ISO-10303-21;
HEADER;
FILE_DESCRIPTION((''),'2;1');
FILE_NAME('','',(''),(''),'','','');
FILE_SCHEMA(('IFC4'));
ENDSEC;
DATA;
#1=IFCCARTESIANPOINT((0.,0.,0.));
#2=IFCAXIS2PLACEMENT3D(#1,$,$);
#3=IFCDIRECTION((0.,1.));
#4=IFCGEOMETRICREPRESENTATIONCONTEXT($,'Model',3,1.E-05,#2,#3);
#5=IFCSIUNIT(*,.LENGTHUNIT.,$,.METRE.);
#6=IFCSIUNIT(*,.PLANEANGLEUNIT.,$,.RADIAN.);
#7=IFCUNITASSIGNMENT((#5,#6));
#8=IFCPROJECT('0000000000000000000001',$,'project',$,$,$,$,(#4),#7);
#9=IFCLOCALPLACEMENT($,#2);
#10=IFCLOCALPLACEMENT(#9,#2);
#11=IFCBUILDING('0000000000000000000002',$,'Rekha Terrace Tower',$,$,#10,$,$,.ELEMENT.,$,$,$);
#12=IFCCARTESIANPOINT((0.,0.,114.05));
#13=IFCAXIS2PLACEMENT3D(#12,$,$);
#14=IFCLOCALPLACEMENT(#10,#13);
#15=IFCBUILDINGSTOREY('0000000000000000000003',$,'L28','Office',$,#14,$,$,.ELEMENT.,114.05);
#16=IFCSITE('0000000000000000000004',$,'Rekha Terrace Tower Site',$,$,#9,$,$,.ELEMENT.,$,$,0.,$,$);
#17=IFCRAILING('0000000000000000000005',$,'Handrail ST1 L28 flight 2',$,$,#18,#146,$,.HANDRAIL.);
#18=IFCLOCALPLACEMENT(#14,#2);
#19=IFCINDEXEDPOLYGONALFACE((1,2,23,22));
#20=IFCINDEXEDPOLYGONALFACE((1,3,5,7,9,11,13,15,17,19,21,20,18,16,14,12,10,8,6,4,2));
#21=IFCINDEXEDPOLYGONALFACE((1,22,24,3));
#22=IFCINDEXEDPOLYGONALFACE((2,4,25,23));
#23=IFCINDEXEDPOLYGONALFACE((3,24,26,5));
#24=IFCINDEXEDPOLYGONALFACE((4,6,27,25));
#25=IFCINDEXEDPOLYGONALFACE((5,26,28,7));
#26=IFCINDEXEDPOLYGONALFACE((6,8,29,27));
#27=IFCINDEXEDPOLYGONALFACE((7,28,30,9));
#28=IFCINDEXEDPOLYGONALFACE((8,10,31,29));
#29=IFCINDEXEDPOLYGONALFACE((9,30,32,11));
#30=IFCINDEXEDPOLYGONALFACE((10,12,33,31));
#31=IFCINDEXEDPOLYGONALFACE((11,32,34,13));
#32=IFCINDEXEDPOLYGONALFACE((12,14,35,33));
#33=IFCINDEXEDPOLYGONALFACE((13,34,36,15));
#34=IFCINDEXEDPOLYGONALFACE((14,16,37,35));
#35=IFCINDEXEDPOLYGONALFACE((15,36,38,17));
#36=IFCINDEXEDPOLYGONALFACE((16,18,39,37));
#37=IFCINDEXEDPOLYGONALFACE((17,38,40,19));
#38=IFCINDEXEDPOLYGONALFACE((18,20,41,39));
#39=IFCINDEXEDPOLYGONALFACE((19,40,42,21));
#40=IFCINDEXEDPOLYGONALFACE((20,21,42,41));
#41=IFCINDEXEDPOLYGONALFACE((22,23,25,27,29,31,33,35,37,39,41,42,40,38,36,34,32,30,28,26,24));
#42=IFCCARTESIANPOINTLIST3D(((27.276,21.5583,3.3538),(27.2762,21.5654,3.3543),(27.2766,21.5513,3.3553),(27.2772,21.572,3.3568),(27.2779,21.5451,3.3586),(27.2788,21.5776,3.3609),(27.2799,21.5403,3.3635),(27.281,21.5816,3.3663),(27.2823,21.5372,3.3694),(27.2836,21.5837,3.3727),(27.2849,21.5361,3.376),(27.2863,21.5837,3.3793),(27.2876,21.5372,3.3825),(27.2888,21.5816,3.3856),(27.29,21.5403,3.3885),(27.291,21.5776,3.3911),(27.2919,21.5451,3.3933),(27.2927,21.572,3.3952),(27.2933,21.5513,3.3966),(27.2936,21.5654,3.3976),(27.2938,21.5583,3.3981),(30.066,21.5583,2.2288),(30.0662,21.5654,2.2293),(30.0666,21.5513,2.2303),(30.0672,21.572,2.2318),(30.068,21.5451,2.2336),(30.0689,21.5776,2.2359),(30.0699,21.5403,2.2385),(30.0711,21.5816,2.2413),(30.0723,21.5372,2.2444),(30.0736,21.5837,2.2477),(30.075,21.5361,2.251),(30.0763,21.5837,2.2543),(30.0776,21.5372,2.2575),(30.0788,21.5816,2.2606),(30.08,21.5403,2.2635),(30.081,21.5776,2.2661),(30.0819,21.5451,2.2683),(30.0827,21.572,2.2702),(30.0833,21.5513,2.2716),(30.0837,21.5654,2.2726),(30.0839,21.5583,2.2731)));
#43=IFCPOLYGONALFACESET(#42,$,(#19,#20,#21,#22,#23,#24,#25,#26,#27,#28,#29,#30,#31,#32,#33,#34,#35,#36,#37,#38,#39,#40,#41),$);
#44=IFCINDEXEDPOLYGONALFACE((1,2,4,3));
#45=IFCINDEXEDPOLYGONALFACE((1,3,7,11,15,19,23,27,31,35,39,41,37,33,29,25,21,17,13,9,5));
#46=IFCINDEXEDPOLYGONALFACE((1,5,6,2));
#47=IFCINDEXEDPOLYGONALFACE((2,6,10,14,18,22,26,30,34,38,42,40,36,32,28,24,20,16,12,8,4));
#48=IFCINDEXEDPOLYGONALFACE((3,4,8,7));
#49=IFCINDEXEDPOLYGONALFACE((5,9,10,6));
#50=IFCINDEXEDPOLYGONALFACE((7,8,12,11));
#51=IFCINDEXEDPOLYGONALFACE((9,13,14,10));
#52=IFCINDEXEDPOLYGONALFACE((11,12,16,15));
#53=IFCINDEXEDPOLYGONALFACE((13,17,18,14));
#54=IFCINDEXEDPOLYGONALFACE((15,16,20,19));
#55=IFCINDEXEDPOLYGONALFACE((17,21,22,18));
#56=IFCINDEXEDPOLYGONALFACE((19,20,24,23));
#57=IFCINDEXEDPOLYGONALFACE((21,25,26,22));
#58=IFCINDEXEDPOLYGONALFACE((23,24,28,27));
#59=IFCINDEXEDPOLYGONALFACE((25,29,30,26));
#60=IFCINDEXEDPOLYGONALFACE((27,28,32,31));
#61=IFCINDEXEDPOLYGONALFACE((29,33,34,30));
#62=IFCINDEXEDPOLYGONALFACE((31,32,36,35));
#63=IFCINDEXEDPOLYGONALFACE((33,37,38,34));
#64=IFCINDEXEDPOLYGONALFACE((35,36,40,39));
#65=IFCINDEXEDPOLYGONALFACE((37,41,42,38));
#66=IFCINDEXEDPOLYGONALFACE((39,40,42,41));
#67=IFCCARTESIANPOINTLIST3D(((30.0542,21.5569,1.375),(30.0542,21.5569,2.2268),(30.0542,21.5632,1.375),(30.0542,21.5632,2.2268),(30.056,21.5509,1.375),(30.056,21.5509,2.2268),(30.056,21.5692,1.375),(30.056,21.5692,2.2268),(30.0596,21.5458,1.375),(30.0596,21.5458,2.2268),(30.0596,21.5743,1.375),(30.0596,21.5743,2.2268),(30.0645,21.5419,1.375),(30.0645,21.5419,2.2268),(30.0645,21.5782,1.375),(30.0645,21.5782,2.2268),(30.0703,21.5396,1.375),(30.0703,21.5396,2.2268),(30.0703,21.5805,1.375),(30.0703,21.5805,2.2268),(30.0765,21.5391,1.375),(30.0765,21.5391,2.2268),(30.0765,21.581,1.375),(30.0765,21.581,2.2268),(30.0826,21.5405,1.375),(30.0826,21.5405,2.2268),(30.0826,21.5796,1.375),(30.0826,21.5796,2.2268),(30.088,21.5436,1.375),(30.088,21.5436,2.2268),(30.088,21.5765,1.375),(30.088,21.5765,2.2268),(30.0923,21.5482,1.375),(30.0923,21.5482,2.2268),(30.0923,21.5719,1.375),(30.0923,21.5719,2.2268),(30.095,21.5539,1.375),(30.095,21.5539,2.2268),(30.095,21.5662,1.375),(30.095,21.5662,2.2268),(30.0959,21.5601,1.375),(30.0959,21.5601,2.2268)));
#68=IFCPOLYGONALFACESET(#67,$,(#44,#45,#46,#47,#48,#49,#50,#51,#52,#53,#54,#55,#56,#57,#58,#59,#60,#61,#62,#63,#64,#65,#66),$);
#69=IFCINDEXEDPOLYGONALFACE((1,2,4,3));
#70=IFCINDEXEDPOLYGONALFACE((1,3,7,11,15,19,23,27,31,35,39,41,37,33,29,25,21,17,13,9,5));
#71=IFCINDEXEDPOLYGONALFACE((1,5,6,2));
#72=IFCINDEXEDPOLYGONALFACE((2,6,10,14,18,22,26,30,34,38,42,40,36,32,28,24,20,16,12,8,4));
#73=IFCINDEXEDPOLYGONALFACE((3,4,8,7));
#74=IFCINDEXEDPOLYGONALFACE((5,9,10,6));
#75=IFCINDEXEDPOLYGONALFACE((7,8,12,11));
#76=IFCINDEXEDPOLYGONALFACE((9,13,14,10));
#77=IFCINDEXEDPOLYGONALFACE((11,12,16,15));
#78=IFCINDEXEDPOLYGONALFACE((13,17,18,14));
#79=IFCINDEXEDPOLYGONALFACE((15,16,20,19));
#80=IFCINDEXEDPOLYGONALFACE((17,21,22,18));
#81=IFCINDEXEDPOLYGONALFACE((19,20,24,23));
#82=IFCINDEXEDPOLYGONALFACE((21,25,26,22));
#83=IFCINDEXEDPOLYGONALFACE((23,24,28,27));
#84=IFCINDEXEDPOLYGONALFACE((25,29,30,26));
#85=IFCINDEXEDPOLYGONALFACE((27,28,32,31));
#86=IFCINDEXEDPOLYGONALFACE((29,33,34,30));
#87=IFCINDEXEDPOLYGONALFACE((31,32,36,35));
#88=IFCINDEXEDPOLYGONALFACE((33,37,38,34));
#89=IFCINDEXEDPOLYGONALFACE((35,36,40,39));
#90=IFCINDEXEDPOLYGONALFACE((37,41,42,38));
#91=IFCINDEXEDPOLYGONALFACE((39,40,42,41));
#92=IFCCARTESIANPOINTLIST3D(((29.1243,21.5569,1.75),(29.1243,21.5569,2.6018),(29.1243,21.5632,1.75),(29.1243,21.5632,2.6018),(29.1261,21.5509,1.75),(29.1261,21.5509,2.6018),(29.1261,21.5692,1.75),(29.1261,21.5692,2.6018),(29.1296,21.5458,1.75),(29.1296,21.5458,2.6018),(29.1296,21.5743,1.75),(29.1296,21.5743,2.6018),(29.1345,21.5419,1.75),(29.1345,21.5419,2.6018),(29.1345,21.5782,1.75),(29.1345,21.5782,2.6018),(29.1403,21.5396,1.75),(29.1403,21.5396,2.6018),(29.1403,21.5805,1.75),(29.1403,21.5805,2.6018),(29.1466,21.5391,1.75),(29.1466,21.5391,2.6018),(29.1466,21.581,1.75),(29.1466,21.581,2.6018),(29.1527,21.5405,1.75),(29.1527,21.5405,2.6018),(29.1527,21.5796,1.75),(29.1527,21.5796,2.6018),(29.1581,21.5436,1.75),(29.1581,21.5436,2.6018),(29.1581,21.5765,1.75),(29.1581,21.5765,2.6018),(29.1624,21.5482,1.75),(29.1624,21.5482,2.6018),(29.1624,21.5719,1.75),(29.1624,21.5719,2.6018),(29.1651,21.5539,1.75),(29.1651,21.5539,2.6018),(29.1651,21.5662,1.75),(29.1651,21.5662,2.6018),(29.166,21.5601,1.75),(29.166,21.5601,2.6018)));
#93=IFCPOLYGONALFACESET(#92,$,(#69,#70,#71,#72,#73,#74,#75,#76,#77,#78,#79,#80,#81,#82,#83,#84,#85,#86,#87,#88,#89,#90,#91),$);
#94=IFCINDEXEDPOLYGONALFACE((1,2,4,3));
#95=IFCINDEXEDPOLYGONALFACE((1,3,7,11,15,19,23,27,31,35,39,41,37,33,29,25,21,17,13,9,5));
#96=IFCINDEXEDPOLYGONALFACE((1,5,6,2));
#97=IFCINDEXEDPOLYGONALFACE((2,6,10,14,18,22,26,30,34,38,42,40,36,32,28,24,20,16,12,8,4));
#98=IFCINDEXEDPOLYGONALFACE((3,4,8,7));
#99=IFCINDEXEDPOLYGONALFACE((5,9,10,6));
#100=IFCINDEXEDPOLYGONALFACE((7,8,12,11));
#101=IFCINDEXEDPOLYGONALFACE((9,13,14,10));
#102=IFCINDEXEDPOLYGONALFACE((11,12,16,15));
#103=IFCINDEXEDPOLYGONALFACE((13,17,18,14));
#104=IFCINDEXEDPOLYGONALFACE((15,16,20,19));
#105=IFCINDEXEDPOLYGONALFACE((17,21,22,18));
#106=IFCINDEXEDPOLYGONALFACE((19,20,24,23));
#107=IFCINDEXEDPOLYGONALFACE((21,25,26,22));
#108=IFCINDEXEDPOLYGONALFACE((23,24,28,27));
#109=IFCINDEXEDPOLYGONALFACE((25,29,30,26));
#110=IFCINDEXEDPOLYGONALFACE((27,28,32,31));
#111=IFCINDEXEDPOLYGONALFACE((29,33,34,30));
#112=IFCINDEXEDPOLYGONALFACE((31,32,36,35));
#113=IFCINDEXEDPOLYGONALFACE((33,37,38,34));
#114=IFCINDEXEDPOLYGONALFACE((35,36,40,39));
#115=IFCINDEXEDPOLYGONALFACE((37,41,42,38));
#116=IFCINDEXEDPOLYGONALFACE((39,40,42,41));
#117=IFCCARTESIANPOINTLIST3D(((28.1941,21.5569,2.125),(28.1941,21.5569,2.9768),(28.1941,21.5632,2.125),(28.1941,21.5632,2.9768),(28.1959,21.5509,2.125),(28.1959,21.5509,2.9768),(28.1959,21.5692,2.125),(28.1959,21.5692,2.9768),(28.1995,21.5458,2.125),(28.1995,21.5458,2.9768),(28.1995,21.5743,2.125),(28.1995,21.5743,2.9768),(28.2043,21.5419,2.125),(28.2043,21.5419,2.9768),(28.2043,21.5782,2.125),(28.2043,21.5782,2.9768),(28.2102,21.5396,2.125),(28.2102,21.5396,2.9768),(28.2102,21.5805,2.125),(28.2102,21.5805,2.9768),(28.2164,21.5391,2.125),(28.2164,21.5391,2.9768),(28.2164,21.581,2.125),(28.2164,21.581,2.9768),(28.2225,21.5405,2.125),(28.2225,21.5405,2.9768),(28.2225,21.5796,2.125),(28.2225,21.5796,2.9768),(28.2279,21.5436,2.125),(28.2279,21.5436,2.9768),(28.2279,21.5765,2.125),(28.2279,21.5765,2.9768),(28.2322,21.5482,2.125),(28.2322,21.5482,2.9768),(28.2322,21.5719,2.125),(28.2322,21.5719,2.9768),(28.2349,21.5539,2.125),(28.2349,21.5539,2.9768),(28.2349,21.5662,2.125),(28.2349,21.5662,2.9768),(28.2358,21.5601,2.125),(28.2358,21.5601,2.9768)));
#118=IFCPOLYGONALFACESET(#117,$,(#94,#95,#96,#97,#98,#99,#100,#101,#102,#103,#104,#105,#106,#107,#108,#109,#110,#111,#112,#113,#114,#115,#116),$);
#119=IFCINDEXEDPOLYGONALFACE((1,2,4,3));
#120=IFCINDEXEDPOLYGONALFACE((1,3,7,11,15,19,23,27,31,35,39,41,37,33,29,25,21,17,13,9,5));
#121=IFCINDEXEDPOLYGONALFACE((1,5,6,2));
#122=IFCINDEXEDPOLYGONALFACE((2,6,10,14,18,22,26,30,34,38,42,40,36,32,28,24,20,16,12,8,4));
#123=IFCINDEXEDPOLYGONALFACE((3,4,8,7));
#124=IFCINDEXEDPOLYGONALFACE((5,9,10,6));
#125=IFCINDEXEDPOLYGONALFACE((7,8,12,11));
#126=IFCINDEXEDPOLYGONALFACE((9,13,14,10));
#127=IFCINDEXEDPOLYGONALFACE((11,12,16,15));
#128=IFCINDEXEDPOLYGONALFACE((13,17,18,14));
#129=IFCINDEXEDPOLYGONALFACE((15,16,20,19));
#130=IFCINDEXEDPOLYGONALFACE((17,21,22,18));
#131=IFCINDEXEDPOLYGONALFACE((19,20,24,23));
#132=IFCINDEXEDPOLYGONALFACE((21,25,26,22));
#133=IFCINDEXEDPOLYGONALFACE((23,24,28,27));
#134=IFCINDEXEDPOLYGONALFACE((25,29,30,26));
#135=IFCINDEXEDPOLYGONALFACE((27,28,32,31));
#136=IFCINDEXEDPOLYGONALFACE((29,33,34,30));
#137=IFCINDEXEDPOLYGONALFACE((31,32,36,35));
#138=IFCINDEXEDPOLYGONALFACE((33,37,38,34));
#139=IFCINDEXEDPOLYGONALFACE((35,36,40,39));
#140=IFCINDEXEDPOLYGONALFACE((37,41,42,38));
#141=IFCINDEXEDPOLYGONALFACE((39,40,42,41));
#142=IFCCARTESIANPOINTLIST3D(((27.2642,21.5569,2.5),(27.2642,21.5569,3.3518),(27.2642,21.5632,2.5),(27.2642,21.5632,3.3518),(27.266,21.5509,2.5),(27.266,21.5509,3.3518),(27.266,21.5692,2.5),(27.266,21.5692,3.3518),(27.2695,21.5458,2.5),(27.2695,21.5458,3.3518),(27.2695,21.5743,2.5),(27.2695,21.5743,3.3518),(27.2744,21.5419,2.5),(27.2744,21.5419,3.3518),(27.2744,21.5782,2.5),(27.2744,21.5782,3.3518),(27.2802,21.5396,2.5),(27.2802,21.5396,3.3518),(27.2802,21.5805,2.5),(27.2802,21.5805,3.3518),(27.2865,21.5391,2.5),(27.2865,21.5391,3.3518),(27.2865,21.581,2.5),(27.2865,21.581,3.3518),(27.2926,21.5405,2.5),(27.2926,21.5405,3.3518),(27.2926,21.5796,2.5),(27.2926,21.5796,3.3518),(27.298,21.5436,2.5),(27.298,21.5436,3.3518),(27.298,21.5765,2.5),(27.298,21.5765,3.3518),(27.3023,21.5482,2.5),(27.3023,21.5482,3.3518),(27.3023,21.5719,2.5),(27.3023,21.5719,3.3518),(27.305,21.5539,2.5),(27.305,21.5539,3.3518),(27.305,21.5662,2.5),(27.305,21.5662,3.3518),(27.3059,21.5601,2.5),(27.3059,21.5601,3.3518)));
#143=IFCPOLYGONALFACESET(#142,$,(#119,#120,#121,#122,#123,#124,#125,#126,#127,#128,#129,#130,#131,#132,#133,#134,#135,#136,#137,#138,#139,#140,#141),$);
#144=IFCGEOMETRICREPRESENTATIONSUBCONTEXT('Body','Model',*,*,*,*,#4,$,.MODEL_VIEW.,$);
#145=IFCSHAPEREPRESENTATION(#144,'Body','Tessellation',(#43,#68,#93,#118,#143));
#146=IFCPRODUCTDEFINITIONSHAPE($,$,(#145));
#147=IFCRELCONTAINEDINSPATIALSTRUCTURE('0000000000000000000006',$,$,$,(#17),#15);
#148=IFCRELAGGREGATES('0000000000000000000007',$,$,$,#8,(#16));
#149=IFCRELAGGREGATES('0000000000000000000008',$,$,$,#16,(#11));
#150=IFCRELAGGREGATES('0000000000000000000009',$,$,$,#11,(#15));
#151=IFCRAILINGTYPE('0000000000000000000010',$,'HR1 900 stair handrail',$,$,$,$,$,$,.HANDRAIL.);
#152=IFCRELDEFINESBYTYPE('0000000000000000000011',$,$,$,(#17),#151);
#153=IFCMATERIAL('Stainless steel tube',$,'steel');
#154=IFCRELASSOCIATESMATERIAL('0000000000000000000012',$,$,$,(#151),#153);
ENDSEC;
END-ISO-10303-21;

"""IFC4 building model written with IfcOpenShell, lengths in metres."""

from ifc_helpers import new_model, si_unit, direction, frame, origin, origin_2d, place, context, subcontext, project, spatial, circle, extrude, material, type_object, element, save


model = new_model("IFC4")

# Units and contexts
model_context = context("Model", 3, precision=1e-05, world=origin(), true_north=direction((0.0, 1.0)))
body_context = subcontext(model_context, "Body", "Model", "MODEL_VIEW")
ifc_project = project(units=[si_unit("LENGTHUNIT", "METRE"), si_unit("PLANEANGLEUNIT", "RADIAN")], contexts=[model_context])

# Site, building, storey
site_placement = place(None, origin())
site = spatial("IfcSite", under=ifc_project, at=site_placement, Name="Rekha Terrace Tower Site", CompositionType="ELEMENT", RefElevation=0.0)
building_placement = place(site_placement, origin())
building = spatial("IfcBuilding", under=site, at=building_placement, Name="Rekha Terrace Tower", CompositionType="ELEMENT")
storey_placement = place(building_placement, frame((0.0, 0.0, 114.05)))
storey = spatial("IfcBuildingStorey", under=building, at=storey_placement, Name="L28", Description="Office", CompositionType="ELEMENT", Elevation=114.05)

# Railing
ifc_material_1 = material(Name="Stainless steel tube", Category="steel")
railing_type_1 = type_object("IfcRailingType", Name="HR1 900 stair handrail", PredefinedType="HANDRAIL", material=ifc_material_1)
railing_1_placement = place(storey_placement, frame((30.075, 21.5601, 1.375)))
element("IfcRailing", 1, at=railing_1_placement, inside=storey, type_object=railing_type_1, Name="Handrail ST1 L28 flight 2", PredefinedType="HANDRAIL", context=body_context, shape_type="SweptSolid", body=[
    extrude(circle(Radius=0.0239, at=origin_2d()), frame((0.0, 0.0, 0.876), z_axis=(-0.927443, 0.0, 0.373964), x_axis=(0.0, -1.0, 0.0)), (0.0, 0.0, 1.0), 3.0083),
    extrude(circle(Radius=0.021, at=origin_2d()), origin(), (0.0, 0.0, 1.0), 0.8518),
    extrude(circle(Radius=0.021, at=origin_2d()), frame((-0.9299, 0.0, 0.375)), (0.0, 0.0, 1.0), 0.8518),
    extrude(circle(Radius=0.021, at=origin_2d()), frame((-1.8601, 0.0, 0.75)), (0.0, 0.0, 1.0), 0.8518),
    extrude(circle(Radius=0.021, at=origin_2d()), frame((-2.79, 0.0, 1.125)), (0.0, 0.0, 1.0), 0.8518),
])

save(model, "model.ifc")
